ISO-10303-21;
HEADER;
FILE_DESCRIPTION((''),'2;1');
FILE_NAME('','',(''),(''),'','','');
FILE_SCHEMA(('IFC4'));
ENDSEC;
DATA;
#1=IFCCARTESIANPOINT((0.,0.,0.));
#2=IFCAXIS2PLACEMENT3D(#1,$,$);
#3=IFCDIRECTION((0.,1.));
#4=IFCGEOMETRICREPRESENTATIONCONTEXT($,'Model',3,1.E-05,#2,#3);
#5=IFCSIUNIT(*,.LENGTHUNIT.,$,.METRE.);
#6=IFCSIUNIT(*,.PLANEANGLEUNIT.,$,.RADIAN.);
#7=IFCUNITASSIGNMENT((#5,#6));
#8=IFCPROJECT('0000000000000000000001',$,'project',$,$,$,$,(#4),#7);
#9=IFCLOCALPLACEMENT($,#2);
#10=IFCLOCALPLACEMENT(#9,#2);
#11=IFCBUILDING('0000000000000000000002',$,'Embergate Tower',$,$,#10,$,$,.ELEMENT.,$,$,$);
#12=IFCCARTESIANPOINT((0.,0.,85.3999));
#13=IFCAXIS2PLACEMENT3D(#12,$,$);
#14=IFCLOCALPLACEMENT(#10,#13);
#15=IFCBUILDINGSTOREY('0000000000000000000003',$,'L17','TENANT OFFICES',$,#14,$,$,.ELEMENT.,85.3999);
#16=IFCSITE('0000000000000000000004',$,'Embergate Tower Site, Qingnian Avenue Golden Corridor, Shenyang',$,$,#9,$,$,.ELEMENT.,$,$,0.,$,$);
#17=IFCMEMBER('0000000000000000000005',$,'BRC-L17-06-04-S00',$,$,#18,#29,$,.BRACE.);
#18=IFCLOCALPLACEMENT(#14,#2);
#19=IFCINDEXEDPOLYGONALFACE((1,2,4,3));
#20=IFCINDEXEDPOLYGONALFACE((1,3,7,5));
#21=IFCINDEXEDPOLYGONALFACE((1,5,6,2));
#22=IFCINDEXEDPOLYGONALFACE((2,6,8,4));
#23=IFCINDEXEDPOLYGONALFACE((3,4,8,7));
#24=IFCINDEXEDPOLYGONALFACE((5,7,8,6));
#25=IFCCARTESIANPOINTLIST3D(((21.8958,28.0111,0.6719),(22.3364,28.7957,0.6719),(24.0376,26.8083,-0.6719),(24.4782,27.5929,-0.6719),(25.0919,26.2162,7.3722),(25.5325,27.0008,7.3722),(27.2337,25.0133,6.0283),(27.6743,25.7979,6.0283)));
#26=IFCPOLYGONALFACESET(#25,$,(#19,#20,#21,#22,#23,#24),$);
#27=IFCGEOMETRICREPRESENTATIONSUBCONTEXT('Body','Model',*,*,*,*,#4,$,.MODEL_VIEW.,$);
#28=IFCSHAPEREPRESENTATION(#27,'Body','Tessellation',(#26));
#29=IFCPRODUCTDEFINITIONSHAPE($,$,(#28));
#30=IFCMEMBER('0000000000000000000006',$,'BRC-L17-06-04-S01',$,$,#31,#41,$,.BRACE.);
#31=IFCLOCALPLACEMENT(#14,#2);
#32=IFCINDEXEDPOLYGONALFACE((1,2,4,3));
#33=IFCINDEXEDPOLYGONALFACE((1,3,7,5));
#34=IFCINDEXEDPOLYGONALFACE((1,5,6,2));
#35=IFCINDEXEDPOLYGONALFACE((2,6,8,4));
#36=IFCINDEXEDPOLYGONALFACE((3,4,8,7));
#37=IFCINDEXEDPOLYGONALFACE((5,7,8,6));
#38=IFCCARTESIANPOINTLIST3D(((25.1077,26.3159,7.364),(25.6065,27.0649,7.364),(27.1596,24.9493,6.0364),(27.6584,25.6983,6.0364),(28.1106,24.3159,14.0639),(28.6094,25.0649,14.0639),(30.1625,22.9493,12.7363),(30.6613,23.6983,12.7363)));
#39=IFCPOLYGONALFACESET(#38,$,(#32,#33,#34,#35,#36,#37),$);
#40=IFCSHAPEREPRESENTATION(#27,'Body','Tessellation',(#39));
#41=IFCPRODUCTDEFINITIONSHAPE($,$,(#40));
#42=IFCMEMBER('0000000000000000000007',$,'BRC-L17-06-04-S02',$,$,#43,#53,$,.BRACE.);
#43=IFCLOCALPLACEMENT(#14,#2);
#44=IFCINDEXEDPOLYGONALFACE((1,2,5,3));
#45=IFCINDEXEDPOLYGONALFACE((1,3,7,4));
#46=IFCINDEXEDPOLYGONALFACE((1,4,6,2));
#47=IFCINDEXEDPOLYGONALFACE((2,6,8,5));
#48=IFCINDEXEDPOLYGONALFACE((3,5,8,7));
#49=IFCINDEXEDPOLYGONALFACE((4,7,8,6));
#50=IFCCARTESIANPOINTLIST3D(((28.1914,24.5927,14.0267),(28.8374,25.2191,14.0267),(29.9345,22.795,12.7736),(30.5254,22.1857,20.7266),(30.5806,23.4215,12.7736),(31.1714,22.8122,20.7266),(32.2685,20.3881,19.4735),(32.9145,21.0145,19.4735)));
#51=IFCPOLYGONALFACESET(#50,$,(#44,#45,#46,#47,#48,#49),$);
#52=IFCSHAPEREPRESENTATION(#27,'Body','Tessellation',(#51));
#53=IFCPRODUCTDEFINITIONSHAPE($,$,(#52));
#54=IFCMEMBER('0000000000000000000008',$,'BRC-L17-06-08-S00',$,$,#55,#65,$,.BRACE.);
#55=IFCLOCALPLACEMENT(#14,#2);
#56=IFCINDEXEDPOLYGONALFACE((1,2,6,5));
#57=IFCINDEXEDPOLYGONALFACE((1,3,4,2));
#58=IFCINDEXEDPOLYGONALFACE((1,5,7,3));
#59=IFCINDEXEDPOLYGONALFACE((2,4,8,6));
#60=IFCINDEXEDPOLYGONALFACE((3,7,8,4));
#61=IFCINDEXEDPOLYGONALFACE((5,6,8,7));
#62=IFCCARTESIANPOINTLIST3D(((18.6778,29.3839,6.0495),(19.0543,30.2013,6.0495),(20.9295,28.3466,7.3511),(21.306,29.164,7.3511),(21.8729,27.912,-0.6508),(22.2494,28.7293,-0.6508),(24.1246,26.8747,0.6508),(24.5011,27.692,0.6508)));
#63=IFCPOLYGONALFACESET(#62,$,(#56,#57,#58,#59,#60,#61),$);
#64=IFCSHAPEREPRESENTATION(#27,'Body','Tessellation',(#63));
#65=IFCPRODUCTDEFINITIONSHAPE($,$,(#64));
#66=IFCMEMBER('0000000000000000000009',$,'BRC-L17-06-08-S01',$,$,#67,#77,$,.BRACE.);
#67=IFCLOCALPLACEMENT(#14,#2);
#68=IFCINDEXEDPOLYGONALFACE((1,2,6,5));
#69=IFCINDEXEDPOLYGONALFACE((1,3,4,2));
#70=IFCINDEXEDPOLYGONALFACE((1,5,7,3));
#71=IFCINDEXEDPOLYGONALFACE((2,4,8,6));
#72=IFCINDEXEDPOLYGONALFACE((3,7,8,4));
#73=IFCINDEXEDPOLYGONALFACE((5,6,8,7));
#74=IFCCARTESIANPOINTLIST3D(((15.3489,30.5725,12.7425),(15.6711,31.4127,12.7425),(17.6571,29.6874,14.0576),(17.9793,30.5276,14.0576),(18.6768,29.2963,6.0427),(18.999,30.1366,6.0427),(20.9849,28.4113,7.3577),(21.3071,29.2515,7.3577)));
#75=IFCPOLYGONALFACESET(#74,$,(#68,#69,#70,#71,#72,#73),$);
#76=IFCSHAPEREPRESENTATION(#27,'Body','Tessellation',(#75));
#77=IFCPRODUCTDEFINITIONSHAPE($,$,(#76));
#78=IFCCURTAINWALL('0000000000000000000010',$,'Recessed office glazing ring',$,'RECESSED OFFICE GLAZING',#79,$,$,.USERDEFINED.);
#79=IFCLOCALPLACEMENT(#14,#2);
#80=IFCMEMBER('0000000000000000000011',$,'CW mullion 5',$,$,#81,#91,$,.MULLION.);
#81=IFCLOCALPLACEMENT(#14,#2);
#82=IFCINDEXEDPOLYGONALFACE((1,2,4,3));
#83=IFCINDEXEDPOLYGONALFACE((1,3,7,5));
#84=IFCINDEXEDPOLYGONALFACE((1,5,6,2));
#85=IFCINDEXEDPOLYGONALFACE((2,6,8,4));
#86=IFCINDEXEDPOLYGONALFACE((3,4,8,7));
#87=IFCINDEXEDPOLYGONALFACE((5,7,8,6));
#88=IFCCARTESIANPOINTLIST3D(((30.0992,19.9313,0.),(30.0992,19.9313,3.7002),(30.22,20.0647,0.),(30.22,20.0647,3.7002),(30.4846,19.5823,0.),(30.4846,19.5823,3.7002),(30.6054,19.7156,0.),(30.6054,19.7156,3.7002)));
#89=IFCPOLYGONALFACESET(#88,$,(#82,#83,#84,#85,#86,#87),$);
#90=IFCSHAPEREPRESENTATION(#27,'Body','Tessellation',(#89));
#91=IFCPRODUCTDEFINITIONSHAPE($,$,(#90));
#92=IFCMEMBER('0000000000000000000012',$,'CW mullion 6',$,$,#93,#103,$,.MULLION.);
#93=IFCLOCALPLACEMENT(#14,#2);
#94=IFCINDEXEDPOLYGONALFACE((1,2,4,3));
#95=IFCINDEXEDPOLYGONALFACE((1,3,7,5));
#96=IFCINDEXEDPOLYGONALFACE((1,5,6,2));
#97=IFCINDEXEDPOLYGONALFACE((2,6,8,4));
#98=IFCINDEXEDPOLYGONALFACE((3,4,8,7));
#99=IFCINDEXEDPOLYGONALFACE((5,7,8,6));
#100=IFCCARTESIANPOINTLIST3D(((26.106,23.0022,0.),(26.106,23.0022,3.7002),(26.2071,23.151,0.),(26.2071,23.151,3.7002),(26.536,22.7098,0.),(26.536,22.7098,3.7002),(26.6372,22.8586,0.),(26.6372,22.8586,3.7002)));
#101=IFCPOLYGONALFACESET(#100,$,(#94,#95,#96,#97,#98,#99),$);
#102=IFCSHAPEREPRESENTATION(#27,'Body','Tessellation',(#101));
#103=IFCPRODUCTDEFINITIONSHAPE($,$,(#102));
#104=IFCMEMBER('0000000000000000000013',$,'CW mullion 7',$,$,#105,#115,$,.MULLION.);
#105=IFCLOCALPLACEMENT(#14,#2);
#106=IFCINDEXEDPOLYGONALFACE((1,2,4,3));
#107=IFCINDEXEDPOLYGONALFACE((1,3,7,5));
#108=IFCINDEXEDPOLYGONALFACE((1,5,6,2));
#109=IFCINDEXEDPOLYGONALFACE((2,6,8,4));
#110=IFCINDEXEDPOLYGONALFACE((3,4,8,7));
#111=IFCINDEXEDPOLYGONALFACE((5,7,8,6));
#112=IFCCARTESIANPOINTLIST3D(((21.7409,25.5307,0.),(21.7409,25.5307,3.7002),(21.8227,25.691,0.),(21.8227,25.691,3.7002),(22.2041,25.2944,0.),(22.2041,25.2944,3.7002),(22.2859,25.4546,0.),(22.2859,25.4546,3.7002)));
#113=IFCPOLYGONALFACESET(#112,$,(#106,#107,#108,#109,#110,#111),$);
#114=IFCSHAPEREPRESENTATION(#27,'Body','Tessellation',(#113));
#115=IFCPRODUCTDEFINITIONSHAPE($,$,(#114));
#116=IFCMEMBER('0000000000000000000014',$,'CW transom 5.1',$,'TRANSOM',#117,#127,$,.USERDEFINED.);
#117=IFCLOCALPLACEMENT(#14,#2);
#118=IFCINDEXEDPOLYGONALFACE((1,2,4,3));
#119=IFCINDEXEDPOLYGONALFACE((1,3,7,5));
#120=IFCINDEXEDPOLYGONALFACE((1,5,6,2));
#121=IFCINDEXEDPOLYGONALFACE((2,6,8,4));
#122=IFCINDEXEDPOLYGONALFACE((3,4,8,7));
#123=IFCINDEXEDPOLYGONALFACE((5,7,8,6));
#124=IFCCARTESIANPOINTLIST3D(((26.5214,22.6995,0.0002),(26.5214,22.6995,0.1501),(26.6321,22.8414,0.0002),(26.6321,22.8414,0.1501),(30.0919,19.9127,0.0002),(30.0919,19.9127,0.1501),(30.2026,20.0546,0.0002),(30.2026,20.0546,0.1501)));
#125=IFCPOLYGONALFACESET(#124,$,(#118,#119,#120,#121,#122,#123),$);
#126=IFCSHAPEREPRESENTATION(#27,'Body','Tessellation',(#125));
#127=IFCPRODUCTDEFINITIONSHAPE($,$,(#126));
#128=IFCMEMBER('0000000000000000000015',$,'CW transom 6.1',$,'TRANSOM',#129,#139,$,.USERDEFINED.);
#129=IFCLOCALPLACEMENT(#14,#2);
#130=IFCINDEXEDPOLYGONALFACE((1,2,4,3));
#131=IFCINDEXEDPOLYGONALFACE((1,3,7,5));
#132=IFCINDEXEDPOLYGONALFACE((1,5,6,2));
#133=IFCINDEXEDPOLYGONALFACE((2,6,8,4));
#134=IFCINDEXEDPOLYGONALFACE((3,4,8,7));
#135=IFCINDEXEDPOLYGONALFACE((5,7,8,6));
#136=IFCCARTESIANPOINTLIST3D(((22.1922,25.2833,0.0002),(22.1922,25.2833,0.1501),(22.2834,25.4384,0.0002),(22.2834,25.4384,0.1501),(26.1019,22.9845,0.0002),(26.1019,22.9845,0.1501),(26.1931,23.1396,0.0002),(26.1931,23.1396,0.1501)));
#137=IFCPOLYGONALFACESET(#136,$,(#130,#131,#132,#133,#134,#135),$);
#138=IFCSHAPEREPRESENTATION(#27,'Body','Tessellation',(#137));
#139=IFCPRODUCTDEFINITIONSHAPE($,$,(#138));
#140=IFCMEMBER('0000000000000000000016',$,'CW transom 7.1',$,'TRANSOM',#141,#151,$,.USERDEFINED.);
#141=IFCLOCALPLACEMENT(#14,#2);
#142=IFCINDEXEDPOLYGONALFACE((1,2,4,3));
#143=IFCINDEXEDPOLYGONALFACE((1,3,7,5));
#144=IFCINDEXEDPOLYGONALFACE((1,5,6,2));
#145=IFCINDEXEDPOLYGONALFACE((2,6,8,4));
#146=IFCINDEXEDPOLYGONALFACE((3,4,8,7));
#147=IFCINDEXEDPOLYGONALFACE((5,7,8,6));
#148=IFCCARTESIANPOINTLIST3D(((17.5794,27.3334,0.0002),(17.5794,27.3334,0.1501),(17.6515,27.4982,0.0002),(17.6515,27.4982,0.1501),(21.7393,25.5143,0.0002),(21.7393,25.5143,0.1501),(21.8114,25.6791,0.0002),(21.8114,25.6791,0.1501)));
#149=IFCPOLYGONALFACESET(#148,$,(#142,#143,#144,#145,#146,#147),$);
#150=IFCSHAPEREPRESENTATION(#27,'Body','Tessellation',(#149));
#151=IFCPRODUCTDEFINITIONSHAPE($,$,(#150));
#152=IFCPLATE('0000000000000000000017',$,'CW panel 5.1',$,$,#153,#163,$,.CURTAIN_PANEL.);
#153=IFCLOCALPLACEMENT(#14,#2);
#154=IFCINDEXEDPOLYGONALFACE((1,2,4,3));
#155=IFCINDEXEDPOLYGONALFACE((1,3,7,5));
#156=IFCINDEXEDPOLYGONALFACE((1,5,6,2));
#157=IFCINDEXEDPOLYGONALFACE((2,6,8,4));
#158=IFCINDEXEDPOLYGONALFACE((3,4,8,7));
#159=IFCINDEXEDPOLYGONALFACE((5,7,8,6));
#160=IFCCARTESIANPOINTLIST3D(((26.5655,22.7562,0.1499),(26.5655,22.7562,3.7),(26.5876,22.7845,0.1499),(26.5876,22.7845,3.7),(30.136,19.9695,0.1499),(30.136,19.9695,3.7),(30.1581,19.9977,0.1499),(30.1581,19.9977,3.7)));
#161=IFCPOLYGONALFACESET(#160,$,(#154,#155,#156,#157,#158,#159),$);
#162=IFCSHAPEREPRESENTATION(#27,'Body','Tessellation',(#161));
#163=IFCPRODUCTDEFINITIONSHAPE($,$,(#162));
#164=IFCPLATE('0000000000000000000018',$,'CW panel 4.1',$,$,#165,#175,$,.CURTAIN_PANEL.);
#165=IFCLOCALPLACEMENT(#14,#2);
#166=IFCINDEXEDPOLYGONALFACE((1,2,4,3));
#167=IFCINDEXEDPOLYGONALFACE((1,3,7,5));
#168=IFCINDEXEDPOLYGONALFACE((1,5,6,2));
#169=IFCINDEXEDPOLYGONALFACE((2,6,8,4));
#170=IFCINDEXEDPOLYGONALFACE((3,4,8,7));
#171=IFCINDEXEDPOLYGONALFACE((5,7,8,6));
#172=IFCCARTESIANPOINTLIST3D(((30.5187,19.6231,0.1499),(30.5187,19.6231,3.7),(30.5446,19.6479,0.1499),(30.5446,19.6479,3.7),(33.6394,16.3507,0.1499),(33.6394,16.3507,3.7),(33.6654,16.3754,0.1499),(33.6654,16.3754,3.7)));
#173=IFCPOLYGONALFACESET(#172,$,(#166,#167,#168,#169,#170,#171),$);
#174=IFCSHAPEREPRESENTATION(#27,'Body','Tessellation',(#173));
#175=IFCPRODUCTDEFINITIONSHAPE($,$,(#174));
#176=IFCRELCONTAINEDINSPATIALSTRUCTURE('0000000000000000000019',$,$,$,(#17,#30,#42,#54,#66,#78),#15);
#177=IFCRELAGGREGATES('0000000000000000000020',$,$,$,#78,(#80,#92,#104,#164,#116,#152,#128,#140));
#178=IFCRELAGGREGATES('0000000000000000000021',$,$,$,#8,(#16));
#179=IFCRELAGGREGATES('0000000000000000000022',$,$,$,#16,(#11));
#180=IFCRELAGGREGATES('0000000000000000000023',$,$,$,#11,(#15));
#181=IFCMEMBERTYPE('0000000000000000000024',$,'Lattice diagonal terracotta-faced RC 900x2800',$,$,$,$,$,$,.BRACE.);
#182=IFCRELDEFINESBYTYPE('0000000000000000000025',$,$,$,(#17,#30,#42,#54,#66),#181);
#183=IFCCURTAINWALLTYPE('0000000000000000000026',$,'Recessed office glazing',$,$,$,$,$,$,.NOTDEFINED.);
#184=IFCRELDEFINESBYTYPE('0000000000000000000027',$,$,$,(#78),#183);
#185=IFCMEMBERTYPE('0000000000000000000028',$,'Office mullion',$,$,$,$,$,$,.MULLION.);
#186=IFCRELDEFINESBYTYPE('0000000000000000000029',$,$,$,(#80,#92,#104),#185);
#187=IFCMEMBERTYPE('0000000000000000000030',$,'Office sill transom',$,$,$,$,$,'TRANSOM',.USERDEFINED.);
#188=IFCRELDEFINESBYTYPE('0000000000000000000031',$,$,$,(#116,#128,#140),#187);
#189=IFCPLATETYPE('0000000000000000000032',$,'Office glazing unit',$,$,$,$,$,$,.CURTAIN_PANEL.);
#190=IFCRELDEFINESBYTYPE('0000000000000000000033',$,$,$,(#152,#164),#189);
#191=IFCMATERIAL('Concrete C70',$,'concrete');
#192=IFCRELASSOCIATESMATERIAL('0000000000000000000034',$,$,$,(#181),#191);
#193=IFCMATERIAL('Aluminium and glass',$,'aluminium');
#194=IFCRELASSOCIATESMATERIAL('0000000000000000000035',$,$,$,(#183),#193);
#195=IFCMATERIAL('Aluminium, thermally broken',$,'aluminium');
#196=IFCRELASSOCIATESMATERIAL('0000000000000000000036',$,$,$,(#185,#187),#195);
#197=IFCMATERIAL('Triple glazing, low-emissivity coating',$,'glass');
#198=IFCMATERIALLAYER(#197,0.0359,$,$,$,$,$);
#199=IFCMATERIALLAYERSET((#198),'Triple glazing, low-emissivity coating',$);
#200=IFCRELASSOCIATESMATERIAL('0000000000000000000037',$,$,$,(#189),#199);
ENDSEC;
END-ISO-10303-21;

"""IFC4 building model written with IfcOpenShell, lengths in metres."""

from ifc_helpers import new_model, si_unit, direction, frame, origin, origin_2d, place, context, subcontext, project, spatial, rectangle, extrude, source, transform, mapped, material, layer, layer_set, material_profile, profile_set, type_object, element, aggregate, save


model = new_model("IFC4")

# Units and contexts
model_context = context("Model", 3, precision=1e-05, world=origin(), true_north=direction((0.0, 1.0)))
body_context = subcontext(model_context, "Body", "Model", "MODEL_VIEW")
ifc_project = project(units=[si_unit("LENGTHUNIT", "METRE"), si_unit("PLANEANGLEUNIT", "RADIAN")], contexts=[model_context])

# Site, building, storey
site_placement = place(None, origin())
site = spatial("IfcSite", under=ifc_project, at=site_placement, Name="Embergate Tower Site, Qingnian Avenue Golden Corridor, Shenyang", CompositionType="ELEMENT", RefElevation=0.0)
building_placement = place(site_placement, origin())
building = spatial("IfcBuilding", under=site, at=building_placement, Name="Embergate Tower", CompositionType="ELEMENT")
storey_placement = place(building_placement, frame((0.0, 0.0, 85.3999)))
storey = spatial("IfcBuildingStorey", under=building, at=storey_placement, Name="L17", Description="TENANT OFFICES", CompositionType="ELEMENT", Elevation=85.3999)

# Shared definitions
ifc_material_1 = material(Name="Concrete C70", Category="concrete")

# Members
ifc_material_profile_1 = material_profile(ifc_material_1, rectangle(XDim=0.8999, YDim=2.8, at=origin_2d()), Name="RC 900x2800")
ifc_profile_set_1 = profile_set([ifc_material_profile_1], Name="Concrete C70")
member_type_1 = type_object("IfcMemberType", Name="Lattice diagonal terracotta-faced RC 900x2800", PredefinedType="BRACE", material=ifc_profile_set_1)
shared_shape_1 = source(origin(), body_context, "Body", "SweptSolid", [
    extrude(rectangle(XDim=0.8999, YDim=2.8, at=origin_2d()), origin(), (0.0, 0.0, 1.0), 7.6375),
])
member_1_placement = place(storey_placement, frame((23.187, 27.802, 0.0), z_axis=(0.418476, -0.235019, 0.877294), x_axis=(0.48967, 0.871908, 0.0)))
element("IfcMember", 1, at=member_1_placement, inside=storey, type_object=member_type_1, Name="BRC-L17-06-04-S00", PredefinedType="BRACE", context=body_context, shape_type="MappedRepresentation", body=[
    mapped(shared_shape_1, transform((0.0, 0.0, 0.0))),
])
shared_shape_2 = source(origin(), body_context, "Body", "SweptSolid", [
    extrude(rectangle(XDim=0.8999, YDim=2.8, at=origin_2d()), origin(), (0.0, 0.0, 1.0), 7.6096),
])
member_2_placement = place(storey_placement, frame((26.3831, 26.0071, 6.7002), z_axis=(0.394621, -0.262824, 0.880453), x_axis=(0.554325, 0.8323, 0.0)))
element("IfcMember", 2, at=member_2_placement, inside=storey, type_object=member_type_1, Name="BRC-L17-06-04-S01", PredefinedType="BRACE", context=body_context, shape_type="MappedRepresentation", body=[
    mapped(shared_shape_2, transform((0.0, 0.0, 0.0))),
])
shared_shape_3 = source(origin(), body_context, "Body", "SweptSolid", [
    extrude(rectangle(XDim=0.8999, YDim=2.8, at=origin_2d()), origin(), (0.0, 0.0, 1.0), 7.4919),
])
member_3_placement = place(storey_placement, frame((29.386, 24.0071, 13.4001), z_axis=(0.311529, -0.321273, 0.894278), x_axis=(0.717909, 0.696137, 0.0)))
element("IfcMember", 3, at=member_3_placement, inside=storey, type_object=member_type_1, Name="BRC-L17-06-04-S02", PredefinedType="BRACE", context=body_context, shape_type="MappedRepresentation", body=[
    mapped(shared_shape_3, transform((0.0, 0.0, 0.0))),
])
shared_shape_4 = source(origin(), body_context, "Body", "SweptSolid", [
    extrude(rectangle(XDim=0.8999, YDim=2.8, at=origin_2d()), origin(), (0.0, 0.0, 1.0), 7.5676),
])
member_4_placement = place(storey_placement, frame((23.187, 27.802, 0.0), z_axis=(-0.422207, 0.194505, 0.885386), x_axis=(-0.41842, -0.908254, 0.0)))
element("IfcMember", 4, at=member_4_placement, inside=storey, type_object=member_type_1, Name="BRC-L17-06-08-S00", PredefinedType="BRACE", context=body_context, shape_type="MappedRepresentation", body=[
    mapped(shared_shape_4, transform((0.0, 0.0, 0.0))),
])
shared_shape_5 = source(origin(), body_context, "Body", "SweptSolid", [
    extrude(rectangle(XDim=0.8999, YDim=2.8, at=origin_2d()), origin(), (0.0, 0.0, 1.0), 7.5889),
])
member_5_placement = place(storey_placement, frame((19.9919, 29.2739, 6.7002), z_axis=(-0.438515, 0.168155, 0.882853), x_axis=(-0.358043, -0.933705, 0.0)))
element("IfcMember", 5, at=member_5_placement, inside=storey, type_object=member_type_1, Name="BRC-L17-06-08-S01", PredefinedType="BRACE", context=body_context, shape_type="MappedRepresentation", body=[
    mapped(shared_shape_5, transform((0.0, 0.0, 0.0))),
])

# Curtain wall, members, plates
ifc_material_2 = material(Name="Aluminium and glass", Category="aluminium")
curtain_wall_type = type_object("IfcCurtainWallType", Name="Recessed office glazing", PredefinedType="NOTDEFINED", material=ifc_material_2)
curtain_wall_placement = place(storey_placement, origin())
curtain_wall = element("IfcCurtainWall", 6, at=curtain_wall_placement, inside=storey, type_object=curtain_wall_type, Name="Recessed office glazing ring", ObjectType="RECESSED OFFICE GLAZING", PredefinedType="USERDEFINED")
ifc_material_3 = material(Name="Aluminium, thermally broken", Category="aluminium")
ifc_material_profile_2 = material_profile(ifc_material_3, rectangle(XDim=0.1799, YDim=0.52, at=origin_2d()), Name="AL 520x180")
ifc_profile_set_2 = profile_set([ifc_material_profile_2], Name="Aluminium, thermally broken")
member_type_2 = type_object("IfcMemberType", Name="Office mullion", PredefinedType="MULLION", material=ifc_profile_set_2)
shared_shape_6 = source(origin(), body_context, "Body", "SweptSolid", [
    extrude(rectangle(XDim=0.1799, YDim=0.52, at=origin_2d()), origin(), (0.0, 0.0, 1.0), 3.7002),
])
member_6_placement = place(storey_placement, frame((30.3523, 19.8235, 0.0), z_axis=(0.0, 0.0, 1.0), x_axis=(-0.671229, -0.74125, 0.0)))
member_6 = element("IfcMember", 7, at=member_6_placement, type_object=member_type_2, Name="CW mullion 5", PredefinedType="MULLION", context=body_context, shape_type="MappedRepresentation", body=[
    mapped(shared_shape_6, transform((0.0, 0.0, 0.0))),
])
member_7_placement = place(storey_placement, frame((26.3716, 22.9304, 0.0), z_axis=(0.0, 0.0, 1.0), x_axis=(-0.562218, -0.826989, 0.0)))
member_7 = element("IfcMember", 8, at=member_7_placement, type_object=member_type_2, Name="CW mullion 6", PredefinedType="MULLION", context=body_context, shape_type="MappedRepresentation", body=[
    mapped(shared_shape_6, transform((0.0, 0.0, 0.0))),
])
member_8_placement = place(storey_placement, frame((22.0134, 25.4927, 0.0), z_axis=(0.0, 0.0, 1.0), x_axis=(-0.454511, -0.890741, 0.0)))
member_8 = element("IfcMember", 9, at=member_8_placement, type_object=member_type_2, Name="CW mullion 7", PredefinedType="MULLION", context=body_context, shape_type="MappedRepresentation", body=[
    mapped(shared_shape_6, transform((0.0, 0.0, 0.0))),
])
ifc_material_profile_3 = material_profile(ifc_material_3, rectangle(XDim=0.1799, YDim=0.1499, at=origin_2d()), Name="AL 150x180")
ifc_profile_set_3 = profile_set([ifc_material_profile_3], Name="Aluminium, thermally broken")
member_type_3 = type_object("IfcMemberType", Name="Office sill transom", ElementType="TRANSOM", PredefinedType="USERDEFINED", material=ifc_profile_set_3)
shared_shape_7 = source(origin(), body_context, "Body", "SweptSolid", [
    extrude(rectangle(XDim=0.1799, YDim=0.1499, at=origin_2d()), origin(), (0.0, 0.0, 1.0), 4.5293),
])
member_9_placement = place(storey_placement, frame((30.1472, 19.9836, 0.0752), z_axis=(-0.788306, 0.615283, 0.0), x_axis=(-0.615283, -0.788306, 0.0)))
member_9 = element("IfcMember", 10, at=member_9_placement, type_object=member_type_3, Name="CW transom 5.1", ObjectType="TRANSOM", PredefinedType="USERDEFINED", context=body_context, shape_type="MappedRepresentation", body=[
    mapped(shared_shape_7, transform((0.0, 0.0, 0.0))),
])
shared_shape_8 = source(origin(), body_context, "Body", "SweptSolid", [
    extrude(rectangle(XDim=0.1799, YDim=0.1499, at=origin_2d()), origin(), (0.0, 0.0, 1.0), 4.5354),
])
member_10_placement = place(storey_placement, frame((26.1475, 23.062, 0.0752), z_axis=(-0.862028, 0.50686, 0.0), x_axis=(-0.50686, -0.862028, 0.0)))
member_10 = element("IfcMember", 11, at=member_10_placement, type_object=member_type_3, Name="CW transom 6.1", ObjectType="TRANSOM", PredefinedType="USERDEFINED", context=body_context, shape_type="MappedRepresentation", body=[
    mapped(shared_shape_8, transform((0.0, 0.0, 0.0))),
])
shared_shape_9 = source(origin(), body_context, "Body", "SweptSolid", [
    extrude(rectangle(XDim=0.1799, YDim=0.1499, at=origin_2d()), origin(), (0.0, 0.0, 1.0), 4.5403),
])
member_11_placement = place(storey_placement, frame((21.7754, 25.5967, 0.0752), z_axis=(-0.916228, 0.400658, 0.0), x_axis=(-0.400658, -0.916228, 0.0)))
member_11 = element("IfcMember", 12, at=member_11_placement, type_object=member_type_3, Name="CW transom 7.1", ObjectType="TRANSOM", PredefinedType="USERDEFINED", context=body_context, shape_type="MappedRepresentation", body=[
    mapped(shared_shape_9, transform((0.0, 0.0, 0.0))),
])
ifc_material_4 = material(Name="Triple glazing, low-emissivity coating", Category="glass")
ifc_layer_1 = layer(ifc_material_4, 0.0359)
ifc_layer_set_1 = layer_set([ifc_layer_1], Name="Triple glazing, low-emissivity coating")
plate_type = type_object("IfcPlateType", Name="Office glazing unit", PredefinedType="CURTAIN_PANEL", material=ifc_layer_set_1)
shared_shape_10 = source(origin(), body_context, "Body", "SweptSolid", [
    extrude(rectangle(XDim=4.5293, YDim=0.0359, at=origin_2d()), origin(), (0.0, 0.0, 1.0), 3.55),
])
plate_1_placement = place(storey_placement, frame((28.3618, 21.377, 0.1499), z_axis=(0.0, 0.0, 1.0), x_axis=(-0.788321, 0.615264, 0.0)))
plate_1 = element("IfcPlate", 13, at=plate_1_placement, type_object=plate_type, Name="CW panel 5.1", PredefinedType="CURTAIN_PANEL", context=body_context, shape_type="MappedRepresentation", body=[
    mapped(shared_shape_10, transform((0.0, 0.0, 0.0))),
])
shared_shape_11 = source(origin(), body_context, "Body", "SweptSolid", [
    extrude(rectangle(XDim=4.522, YDim=0.0359, at=origin_2d()), origin(), (0.0, 0.0, 1.0), 3.55),
])
plate_2_placement = place(storey_placement, frame((32.092, 17.9993, 0.1499), z_axis=(0.0, 0.0, 1.0), x_axis=(-0.690135, 0.723681, 0.0)))
plate_2 = element("IfcPlate", 14, at=plate_2_placement, type_object=plate_type, Name="CW panel 4.1", PredefinedType="CURTAIN_PANEL", context=body_context, shape_type="MappedRepresentation", body=[
    mapped(shared_shape_11, transform((0.0, 0.0, 0.0))),
])
aggregate(curtain_wall, [member_6, member_7, member_8, plate_2, member_9, plate_1, member_10, member_11])

save(model, "model.ifc")
